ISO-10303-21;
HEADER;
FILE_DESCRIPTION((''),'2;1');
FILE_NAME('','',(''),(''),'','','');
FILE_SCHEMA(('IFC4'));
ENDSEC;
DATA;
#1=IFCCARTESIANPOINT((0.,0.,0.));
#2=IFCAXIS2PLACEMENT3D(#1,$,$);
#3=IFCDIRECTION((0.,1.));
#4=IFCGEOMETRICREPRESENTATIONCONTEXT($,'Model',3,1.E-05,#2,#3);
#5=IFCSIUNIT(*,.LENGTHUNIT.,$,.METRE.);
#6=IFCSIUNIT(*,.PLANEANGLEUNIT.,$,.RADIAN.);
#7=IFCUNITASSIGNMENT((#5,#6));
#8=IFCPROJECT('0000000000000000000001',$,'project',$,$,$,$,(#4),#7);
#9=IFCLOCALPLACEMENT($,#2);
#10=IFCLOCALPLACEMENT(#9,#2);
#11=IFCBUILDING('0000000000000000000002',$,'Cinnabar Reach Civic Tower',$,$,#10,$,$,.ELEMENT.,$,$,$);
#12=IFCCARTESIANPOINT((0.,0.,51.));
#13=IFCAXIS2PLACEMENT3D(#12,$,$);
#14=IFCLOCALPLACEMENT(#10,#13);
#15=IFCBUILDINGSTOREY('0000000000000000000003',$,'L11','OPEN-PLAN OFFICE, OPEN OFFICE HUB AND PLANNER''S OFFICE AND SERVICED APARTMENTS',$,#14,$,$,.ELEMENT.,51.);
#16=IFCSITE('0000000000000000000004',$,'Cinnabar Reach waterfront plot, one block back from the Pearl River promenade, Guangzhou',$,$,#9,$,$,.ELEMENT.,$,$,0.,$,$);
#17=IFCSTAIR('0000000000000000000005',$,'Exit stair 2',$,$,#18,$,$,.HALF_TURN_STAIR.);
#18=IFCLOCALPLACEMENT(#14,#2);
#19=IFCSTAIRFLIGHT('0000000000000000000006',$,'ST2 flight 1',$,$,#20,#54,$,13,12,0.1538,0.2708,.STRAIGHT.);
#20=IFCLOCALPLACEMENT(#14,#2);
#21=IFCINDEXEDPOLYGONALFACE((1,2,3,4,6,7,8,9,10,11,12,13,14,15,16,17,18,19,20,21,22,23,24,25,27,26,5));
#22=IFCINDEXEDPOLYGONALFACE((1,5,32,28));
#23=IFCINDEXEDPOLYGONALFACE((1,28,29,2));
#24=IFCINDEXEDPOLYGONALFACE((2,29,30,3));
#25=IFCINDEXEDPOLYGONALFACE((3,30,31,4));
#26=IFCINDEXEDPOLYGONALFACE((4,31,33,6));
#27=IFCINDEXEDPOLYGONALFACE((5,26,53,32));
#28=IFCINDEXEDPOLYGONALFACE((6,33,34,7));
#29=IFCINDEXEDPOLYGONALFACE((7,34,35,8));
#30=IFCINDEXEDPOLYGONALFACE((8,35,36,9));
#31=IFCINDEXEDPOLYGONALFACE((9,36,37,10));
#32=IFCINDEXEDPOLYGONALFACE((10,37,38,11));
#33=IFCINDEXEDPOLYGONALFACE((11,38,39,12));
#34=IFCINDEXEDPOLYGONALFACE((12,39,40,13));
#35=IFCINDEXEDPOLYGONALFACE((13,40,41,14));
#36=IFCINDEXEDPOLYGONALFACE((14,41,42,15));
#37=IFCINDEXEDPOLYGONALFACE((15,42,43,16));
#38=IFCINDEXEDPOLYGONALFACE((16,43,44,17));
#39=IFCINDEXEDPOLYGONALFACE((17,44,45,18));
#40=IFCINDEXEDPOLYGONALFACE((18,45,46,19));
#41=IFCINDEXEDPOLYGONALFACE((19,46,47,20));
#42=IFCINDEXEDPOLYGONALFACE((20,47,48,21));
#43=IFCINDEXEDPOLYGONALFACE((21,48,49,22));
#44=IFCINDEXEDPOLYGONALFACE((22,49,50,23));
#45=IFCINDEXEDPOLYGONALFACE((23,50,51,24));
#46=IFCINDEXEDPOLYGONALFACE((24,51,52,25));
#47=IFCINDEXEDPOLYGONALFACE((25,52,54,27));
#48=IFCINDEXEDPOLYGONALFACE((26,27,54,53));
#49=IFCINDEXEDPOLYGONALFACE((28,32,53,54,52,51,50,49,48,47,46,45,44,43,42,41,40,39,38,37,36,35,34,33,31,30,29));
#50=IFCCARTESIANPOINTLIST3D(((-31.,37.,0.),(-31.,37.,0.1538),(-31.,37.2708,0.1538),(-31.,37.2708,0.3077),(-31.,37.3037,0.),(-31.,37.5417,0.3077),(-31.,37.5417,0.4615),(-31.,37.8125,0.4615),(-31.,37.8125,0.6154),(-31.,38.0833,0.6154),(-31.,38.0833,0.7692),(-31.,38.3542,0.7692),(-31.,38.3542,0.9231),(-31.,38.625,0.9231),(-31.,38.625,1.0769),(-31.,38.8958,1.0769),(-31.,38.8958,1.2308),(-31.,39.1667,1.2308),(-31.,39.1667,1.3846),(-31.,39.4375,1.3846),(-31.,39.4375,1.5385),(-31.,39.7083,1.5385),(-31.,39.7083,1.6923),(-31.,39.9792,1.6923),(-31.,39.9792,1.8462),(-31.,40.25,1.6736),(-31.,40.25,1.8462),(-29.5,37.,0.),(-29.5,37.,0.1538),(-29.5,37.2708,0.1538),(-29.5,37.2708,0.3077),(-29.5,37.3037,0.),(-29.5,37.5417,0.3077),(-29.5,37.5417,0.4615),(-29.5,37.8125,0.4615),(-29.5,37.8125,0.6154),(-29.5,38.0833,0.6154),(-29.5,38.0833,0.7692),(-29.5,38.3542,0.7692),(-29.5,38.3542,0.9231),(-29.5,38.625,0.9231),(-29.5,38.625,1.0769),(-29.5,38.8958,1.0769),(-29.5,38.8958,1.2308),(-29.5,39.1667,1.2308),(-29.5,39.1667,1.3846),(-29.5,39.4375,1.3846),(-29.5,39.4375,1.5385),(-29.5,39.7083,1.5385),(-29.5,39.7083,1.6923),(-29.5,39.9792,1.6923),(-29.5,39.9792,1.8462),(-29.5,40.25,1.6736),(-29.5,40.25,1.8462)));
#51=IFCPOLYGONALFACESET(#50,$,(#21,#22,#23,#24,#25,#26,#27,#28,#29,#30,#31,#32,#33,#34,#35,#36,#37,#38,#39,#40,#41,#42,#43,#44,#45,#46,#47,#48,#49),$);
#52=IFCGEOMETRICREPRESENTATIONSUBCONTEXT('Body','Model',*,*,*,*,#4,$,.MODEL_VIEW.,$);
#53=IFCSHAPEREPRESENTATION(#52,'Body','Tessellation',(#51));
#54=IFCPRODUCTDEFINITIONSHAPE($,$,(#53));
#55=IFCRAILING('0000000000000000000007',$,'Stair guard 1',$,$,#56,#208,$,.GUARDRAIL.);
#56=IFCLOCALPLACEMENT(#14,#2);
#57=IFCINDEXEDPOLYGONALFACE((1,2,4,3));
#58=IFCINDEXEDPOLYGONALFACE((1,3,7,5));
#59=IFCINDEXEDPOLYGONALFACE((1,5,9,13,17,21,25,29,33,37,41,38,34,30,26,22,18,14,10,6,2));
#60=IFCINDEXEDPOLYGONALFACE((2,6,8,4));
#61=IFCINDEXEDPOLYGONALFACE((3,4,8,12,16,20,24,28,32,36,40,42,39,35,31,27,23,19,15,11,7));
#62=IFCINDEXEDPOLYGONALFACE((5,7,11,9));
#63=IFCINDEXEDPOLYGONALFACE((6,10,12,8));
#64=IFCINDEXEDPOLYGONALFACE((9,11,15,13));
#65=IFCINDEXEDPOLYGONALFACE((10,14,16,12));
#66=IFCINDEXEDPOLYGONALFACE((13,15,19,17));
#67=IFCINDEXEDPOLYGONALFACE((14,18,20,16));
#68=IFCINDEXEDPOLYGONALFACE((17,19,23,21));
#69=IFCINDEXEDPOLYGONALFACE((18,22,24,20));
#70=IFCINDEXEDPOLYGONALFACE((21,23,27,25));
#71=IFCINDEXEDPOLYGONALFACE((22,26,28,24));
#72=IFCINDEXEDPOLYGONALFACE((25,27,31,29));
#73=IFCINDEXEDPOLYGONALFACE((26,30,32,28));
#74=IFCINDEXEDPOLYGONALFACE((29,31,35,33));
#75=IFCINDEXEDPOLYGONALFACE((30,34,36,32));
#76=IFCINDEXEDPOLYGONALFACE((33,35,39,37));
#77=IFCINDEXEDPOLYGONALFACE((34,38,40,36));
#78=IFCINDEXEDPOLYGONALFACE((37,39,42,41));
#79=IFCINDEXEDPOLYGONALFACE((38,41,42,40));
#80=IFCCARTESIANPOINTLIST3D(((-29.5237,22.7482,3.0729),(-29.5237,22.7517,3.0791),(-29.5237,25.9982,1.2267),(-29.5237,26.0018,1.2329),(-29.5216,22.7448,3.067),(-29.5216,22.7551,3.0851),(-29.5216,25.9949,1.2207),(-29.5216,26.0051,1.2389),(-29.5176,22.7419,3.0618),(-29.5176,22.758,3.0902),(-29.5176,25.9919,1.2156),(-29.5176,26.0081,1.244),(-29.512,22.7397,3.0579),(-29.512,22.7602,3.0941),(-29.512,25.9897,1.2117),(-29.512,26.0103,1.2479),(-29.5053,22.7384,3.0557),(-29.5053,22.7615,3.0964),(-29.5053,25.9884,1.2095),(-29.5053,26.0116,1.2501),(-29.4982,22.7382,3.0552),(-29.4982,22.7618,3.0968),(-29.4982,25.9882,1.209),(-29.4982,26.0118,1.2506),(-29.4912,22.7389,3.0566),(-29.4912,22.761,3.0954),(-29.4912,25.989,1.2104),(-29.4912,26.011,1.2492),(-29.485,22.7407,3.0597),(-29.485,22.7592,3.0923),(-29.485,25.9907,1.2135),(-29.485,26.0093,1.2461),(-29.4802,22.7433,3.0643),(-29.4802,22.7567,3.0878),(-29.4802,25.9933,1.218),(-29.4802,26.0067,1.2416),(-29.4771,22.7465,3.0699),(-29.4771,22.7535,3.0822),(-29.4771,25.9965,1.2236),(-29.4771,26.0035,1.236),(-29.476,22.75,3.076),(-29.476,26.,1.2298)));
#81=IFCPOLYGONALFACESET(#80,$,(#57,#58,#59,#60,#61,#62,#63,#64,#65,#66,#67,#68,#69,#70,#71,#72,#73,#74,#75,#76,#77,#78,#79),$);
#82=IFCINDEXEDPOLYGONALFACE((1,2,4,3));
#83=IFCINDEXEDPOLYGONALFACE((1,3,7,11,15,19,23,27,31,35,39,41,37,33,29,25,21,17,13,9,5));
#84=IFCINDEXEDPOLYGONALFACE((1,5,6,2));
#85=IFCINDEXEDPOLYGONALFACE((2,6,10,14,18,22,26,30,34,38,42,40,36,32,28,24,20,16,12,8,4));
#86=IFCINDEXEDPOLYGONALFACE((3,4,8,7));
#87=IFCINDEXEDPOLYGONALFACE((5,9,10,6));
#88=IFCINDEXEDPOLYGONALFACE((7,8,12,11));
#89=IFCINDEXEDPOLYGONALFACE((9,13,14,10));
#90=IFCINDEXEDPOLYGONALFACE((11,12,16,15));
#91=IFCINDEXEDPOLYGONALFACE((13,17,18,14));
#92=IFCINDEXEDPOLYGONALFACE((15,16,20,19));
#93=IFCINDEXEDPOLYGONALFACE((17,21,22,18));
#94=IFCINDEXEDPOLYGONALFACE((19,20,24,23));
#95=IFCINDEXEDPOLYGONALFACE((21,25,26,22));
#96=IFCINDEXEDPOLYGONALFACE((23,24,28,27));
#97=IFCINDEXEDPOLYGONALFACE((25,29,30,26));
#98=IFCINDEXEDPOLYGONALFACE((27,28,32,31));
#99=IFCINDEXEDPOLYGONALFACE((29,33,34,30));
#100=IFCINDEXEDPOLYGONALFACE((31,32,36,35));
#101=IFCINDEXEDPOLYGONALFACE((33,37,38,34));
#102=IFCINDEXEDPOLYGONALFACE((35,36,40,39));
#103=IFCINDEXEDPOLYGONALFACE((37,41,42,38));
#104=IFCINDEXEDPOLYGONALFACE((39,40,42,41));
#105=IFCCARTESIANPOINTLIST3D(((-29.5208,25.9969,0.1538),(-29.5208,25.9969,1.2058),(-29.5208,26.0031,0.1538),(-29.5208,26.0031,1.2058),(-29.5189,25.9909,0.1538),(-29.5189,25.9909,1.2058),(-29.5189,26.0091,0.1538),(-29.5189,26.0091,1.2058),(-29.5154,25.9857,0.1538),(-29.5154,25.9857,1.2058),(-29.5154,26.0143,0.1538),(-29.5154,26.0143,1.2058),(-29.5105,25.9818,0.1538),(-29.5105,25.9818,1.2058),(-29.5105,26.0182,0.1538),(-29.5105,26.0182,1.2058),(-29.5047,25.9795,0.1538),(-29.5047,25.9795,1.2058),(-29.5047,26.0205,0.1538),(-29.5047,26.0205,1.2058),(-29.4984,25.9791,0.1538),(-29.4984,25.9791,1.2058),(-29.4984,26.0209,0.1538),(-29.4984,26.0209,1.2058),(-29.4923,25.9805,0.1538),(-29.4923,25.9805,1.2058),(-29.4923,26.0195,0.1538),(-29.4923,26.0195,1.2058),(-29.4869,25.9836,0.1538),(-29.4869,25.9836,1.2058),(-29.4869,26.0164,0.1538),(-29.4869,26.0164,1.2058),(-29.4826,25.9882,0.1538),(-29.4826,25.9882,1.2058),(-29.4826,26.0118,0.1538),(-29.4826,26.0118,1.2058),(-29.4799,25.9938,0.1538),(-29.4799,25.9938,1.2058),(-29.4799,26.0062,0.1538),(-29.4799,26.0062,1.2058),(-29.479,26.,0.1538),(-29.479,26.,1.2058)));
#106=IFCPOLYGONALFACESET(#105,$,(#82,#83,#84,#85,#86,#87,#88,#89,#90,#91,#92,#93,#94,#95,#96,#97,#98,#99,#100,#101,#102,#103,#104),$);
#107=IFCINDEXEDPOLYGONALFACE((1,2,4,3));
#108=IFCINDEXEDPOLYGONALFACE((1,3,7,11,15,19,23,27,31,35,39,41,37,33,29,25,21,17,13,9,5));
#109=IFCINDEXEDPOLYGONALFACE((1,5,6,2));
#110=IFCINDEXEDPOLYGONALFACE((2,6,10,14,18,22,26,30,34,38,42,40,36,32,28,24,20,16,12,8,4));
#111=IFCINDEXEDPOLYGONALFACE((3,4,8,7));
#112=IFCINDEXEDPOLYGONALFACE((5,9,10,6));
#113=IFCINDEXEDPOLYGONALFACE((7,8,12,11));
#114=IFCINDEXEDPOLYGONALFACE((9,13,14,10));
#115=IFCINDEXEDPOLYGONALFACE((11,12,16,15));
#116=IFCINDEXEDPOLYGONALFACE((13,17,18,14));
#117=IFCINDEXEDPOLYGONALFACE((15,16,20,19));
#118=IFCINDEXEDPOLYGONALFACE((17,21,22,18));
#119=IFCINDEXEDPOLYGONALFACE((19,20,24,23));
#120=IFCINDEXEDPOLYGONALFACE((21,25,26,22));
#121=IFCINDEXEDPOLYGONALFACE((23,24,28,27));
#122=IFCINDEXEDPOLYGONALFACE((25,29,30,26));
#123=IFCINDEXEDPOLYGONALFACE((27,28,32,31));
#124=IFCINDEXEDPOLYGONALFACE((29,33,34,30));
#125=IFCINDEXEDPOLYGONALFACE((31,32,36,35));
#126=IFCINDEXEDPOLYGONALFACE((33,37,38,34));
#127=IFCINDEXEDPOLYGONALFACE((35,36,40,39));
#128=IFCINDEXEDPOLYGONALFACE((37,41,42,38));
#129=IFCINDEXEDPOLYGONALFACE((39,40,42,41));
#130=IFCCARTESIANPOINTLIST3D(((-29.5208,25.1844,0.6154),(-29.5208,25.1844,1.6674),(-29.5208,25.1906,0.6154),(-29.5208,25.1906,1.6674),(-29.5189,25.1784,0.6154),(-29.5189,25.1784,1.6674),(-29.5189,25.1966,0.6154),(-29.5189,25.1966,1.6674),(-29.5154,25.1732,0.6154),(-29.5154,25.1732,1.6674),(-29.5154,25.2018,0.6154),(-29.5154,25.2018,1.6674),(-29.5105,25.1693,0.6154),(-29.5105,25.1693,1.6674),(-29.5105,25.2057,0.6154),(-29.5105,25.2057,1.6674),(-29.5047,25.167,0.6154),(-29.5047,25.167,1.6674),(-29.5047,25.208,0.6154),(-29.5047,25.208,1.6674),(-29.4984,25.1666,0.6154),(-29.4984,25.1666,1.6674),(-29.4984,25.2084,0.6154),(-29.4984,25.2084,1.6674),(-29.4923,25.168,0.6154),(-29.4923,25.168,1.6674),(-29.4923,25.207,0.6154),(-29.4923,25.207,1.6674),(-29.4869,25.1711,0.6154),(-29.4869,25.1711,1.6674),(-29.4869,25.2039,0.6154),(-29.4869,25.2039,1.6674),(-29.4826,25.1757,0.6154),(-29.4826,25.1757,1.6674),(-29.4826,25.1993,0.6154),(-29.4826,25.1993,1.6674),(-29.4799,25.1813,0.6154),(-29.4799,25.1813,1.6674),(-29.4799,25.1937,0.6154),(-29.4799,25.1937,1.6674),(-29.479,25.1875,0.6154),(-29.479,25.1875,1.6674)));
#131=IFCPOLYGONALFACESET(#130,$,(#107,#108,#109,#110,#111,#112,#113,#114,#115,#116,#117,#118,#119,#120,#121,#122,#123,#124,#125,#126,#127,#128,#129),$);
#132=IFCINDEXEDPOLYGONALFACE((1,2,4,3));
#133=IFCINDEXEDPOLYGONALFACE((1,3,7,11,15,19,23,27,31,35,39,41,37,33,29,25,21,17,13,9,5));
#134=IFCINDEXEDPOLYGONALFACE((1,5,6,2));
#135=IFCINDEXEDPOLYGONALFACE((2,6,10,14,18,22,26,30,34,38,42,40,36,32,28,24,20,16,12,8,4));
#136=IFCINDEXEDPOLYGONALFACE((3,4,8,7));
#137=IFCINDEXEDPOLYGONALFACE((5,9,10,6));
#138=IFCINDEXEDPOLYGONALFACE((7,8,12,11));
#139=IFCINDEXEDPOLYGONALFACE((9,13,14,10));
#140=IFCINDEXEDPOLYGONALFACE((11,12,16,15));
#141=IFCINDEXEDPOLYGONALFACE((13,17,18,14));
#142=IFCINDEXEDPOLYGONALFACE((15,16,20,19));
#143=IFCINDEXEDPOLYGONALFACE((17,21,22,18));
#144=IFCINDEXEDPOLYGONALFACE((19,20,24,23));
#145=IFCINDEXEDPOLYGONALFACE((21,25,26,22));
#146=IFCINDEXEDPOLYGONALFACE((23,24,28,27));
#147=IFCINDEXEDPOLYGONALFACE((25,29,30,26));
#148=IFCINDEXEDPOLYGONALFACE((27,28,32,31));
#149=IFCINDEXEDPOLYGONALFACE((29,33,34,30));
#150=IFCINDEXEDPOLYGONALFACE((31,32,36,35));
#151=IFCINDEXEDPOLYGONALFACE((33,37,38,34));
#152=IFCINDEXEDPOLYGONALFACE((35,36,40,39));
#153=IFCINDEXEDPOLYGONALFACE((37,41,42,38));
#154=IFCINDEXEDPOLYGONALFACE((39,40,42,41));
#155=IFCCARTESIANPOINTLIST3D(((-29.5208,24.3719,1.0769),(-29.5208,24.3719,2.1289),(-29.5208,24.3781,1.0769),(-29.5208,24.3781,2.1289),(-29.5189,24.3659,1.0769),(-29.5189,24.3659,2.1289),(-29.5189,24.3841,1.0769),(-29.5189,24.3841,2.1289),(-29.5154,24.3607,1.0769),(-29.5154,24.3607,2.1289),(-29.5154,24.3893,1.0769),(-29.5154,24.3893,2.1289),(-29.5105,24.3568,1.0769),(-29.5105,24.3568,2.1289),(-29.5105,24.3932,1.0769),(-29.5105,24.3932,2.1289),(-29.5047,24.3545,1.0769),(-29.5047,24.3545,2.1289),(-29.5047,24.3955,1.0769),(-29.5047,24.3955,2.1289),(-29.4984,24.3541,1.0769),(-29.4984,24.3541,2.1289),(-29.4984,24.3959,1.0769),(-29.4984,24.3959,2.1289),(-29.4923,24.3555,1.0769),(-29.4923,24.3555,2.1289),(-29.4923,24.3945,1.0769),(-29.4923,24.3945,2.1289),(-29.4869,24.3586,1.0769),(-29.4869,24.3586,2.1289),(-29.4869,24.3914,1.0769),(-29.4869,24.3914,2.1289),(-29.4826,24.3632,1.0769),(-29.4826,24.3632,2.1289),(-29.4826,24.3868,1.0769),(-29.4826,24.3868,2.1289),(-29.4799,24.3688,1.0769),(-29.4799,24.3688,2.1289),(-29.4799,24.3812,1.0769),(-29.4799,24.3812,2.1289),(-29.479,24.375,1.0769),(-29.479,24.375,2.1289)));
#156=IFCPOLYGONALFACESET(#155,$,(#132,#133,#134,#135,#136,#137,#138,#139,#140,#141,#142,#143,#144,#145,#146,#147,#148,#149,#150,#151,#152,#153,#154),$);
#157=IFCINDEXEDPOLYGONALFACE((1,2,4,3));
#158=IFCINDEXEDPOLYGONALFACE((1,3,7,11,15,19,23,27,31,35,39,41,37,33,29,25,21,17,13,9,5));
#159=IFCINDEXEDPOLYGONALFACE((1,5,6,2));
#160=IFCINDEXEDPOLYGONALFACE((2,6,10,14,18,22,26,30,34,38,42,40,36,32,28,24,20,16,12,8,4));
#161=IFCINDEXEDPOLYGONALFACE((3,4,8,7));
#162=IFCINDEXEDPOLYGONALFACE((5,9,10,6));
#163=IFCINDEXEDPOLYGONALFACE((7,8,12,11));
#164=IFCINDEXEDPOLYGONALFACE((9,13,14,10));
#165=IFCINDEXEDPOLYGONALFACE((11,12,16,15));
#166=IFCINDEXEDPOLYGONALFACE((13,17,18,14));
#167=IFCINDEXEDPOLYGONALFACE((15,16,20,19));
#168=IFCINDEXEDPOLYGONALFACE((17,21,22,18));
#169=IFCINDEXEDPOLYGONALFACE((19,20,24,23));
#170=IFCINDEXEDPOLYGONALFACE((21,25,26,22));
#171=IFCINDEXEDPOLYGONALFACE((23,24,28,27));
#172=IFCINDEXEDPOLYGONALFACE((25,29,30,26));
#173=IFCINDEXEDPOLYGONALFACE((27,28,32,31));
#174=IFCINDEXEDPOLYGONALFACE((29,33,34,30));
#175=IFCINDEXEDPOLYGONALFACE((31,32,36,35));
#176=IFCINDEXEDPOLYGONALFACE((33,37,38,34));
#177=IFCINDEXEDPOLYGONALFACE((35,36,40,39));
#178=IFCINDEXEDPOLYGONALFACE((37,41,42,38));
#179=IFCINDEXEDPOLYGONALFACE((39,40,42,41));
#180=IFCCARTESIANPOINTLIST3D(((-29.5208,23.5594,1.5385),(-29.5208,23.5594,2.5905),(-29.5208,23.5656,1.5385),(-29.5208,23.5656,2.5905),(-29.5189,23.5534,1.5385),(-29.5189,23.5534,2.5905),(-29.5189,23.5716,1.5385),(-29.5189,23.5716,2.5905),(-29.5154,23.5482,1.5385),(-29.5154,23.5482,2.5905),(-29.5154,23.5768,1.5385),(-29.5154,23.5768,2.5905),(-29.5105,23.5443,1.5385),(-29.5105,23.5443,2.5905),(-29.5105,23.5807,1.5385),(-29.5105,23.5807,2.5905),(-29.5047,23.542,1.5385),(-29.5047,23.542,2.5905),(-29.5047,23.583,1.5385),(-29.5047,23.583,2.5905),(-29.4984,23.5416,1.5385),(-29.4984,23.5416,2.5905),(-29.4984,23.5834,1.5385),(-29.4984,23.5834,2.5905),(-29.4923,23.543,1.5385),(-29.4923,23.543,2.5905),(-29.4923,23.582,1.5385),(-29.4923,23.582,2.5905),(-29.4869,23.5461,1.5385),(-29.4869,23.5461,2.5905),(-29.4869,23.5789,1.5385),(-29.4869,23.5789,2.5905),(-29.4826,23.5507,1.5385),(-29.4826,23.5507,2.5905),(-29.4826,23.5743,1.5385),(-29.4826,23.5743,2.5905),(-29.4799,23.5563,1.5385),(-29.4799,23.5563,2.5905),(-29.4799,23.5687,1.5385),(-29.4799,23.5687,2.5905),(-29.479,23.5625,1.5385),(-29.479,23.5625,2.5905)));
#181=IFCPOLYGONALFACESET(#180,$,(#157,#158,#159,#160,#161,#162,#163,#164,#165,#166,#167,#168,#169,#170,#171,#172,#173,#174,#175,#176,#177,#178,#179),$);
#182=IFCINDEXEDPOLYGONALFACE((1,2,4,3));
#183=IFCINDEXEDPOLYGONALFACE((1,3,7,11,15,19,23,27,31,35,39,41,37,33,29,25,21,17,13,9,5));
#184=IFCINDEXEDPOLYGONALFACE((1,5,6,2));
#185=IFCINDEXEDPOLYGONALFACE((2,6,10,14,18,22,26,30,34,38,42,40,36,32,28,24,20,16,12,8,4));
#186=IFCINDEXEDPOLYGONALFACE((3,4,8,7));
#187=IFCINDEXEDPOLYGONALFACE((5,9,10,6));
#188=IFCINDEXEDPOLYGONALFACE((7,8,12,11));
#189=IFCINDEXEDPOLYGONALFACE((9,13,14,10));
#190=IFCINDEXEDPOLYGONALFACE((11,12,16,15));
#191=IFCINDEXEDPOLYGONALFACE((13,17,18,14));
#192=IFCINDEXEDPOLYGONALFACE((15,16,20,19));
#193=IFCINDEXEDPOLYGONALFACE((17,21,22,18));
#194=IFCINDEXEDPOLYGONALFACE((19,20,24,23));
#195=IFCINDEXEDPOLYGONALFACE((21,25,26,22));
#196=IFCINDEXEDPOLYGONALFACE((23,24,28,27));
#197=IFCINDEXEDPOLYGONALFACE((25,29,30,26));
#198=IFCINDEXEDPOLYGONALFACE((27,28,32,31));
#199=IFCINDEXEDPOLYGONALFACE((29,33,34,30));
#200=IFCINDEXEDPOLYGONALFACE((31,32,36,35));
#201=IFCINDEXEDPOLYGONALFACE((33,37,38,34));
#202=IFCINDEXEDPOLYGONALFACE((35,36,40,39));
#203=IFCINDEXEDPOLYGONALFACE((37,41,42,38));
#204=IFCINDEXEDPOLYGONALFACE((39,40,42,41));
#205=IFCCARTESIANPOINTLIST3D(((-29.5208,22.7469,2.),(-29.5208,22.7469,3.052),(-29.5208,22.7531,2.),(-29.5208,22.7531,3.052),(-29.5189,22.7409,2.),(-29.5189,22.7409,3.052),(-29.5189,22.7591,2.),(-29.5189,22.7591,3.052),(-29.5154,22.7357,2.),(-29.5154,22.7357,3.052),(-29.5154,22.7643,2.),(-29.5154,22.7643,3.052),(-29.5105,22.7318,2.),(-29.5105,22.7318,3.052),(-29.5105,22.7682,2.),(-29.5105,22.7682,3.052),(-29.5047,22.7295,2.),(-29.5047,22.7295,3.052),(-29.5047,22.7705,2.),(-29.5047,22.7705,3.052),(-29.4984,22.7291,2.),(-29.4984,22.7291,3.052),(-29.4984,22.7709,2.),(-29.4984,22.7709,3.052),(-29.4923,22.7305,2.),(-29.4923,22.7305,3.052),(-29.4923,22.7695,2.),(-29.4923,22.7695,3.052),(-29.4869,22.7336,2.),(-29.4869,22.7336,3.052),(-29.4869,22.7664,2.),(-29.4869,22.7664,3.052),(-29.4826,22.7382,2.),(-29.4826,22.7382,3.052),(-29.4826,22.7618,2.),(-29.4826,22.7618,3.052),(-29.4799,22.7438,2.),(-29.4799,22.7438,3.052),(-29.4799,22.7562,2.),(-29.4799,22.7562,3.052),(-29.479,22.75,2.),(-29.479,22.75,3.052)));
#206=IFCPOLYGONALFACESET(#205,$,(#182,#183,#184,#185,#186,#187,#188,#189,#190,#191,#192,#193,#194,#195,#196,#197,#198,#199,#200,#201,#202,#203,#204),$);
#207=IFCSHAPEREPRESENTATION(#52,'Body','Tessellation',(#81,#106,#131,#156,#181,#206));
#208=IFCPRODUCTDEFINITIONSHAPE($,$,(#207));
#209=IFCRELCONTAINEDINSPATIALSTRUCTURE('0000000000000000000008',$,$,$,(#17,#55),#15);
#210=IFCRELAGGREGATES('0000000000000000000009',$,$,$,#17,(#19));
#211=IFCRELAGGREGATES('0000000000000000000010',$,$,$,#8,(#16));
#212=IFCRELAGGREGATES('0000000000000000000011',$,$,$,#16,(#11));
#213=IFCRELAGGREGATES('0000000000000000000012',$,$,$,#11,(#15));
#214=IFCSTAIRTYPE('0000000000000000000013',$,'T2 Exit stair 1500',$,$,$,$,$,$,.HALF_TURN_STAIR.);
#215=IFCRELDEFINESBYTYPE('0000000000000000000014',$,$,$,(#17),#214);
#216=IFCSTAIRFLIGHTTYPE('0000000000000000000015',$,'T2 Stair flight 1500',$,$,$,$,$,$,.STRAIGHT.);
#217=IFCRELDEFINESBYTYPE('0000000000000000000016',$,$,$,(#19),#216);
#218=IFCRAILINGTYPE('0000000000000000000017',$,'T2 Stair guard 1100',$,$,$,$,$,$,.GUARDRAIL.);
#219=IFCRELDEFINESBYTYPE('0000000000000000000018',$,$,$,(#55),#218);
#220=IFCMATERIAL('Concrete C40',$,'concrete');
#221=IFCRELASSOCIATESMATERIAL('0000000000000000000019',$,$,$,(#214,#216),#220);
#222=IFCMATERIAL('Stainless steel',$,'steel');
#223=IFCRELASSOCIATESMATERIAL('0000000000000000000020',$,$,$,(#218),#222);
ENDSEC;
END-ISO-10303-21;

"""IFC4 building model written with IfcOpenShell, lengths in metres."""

from ifc_helpers import new_model, si_unit, direction, frame, origin, origin_2d, place, context, subcontext, project, spatial, polyline, circle, outline, extrude, material, type_object, element, aggregate, save


model = new_model("IFC4")

# Units and contexts
model_context = context("Model", 3, precision=1e-05, world=origin(), true_north=direction((0.0, 1.0)))
body_context = subcontext(model_context, "Body", "Model", "MODEL_VIEW")
ifc_project = project(units=[si_unit("LENGTHUNIT", "METRE"), si_unit("PLANEANGLEUNIT", "RADIAN")], contexts=[model_context])

# Site, building, storey
site_placement = place(None, origin())
site = spatial("IfcSite", under=ifc_project, at=site_placement, Name="Cinnabar Reach waterfront plot, one block back from the Pearl River promenade, Guangzhou", CompositionType="ELEMENT", RefElevation=0.0)
building_placement = place(site_placement, origin())
building = spatial("IfcBuilding", under=site, at=building_placement, Name="Cinnabar Reach Civic Tower", CompositionType="ELEMENT")
storey_placement = place(building_placement, frame((0.0, 0.0, 51.0)))
storey = spatial("IfcBuildingStorey", under=building, at=storey_placement, Name="L11", Description="OPEN-PLAN OFFICE, OPEN OFFICE HUB AND PLANNER'S OFFICE AND SERVICED APARTMENTS", CompositionType="ELEMENT", Elevation=51.0)

# Shared definitions
ifc_material_1 = material(Name="Concrete C40", Category="concrete")

# Stair, stair flight
stair_type = type_object("IfcStairType", Name="T2 Exit stair 1500", PredefinedType="HALF_TURN_STAIR", material=ifc_material_1)
stair_placement = place(storey_placement, origin())
stair = element("IfcStair", 1, at=stair_placement, inside=storey, type_object=stair_type, Name="Exit stair 2", PredefinedType="HALF_TURN_STAIR")
stair_flight_type = type_object("IfcStairFlightType", Name="T2 Stair flight 1500", PredefinedType="STRAIGHT", material=ifc_material_1)
stair_flight_placement = place(storey_placement, frame((-30.25, 37.0, 0.0), z_axis=(0.0, 0.0, 1.0), x_axis=(0.0, 1.0, 0.0)))
stair_flight = element("IfcStairFlight", 2, at=stair_flight_placement, type_object=stair_flight_type, Name="ST2 flight 1", NumberOfRisers=13, NumberOfTreads=12, PredefinedType="STRAIGHT", RiserHeight=0.1538, TreadLength=0.2708, context=body_context, shape_type="SweptSolid", body=[
    extrude(outline(polyline([(0.0, 0.0), (0.0, 0.1538), (0.2708, 0.1538), (0.2708, 0.3077), (0.5417, 0.3077), (0.5417, 0.4615), (0.8125, 0.4615), (0.8125, 0.6154), (1.0833, 0.6154), (1.0833, 0.7692), (1.3542, 0.7692), (1.3542, 0.9231), (1.625, 0.9231), (1.625, 1.0769), (1.8958, 1.0769), (1.8958, 1.2308), (2.1667, 1.2308), (2.1667, 1.3846), (2.4375, 1.3846), (2.4375, 1.5385), (2.7083, 1.5385), (2.7083, 1.6923), (2.9792, 1.6923), (2.9792, 1.8462), (3.25, 1.8462), (3.25, 2.0), (3.25, 1.6736), (0.3037, 0.0), (0.0, 0.0)])), frame((0.0, 0.75, 0.0), z_axis=(0.0, -1.0, 0.0), x_axis=(1.0, 0.0, 0.0)), (0.0, 0.0, 1.0), 1.5),
])
aggregate(stair, [stair_flight])

# Railing
ifc_material_2 = material(Name="Stainless steel", Category="steel")
railing_type = type_object("IfcRailingType", Name="T2 Stair guard 1100", PredefinedType="GUARDRAIL", material=ifc_material_2)
railing_1_placement = place(storey_placement, frame((-29.5, 26.0, 0.1538)))
element("IfcRailing", 3, at=railing_1_placement, inside=storey, type_object=railing_type, Name="Stair guard 1", PredefinedType="GUARDRAIL", context=body_context, shape_type="SweptSolid", body=[
    extrude(circle(Radius=0.024, at=origin_2d()), frame((0.0, 0.0, 1.076), z_axis=(0.0, -0.869501, 0.49393), x_axis=(1.0, 0.0, 0.0)), (0.0, 0.0, 1.0), 3.7378),
    extrude(circle(Radius=0.021, at=origin_2d()), origin(), (0.0, 0.0, 1.0), 1.052),
    extrude(circle(Radius=0.021, at=origin_2d()), frame((0.0, -0.8125, 0.4616)), (0.0, 0.0, 1.0), 1.052),
    extrude(circle(Radius=0.021, at=origin_2d()), frame((0.0, -1.625, 0.9231)), (0.0, 0.0, 1.0), 1.052),
    extrude(circle(Radius=0.021, at=origin_2d()), frame((0.0, -2.4375, 1.3847)), (0.0, 0.0, 1.0), 1.052),
    extrude(circle(Radius=0.021, at=origin_2d()), frame((0.0, -3.25, 1.8462)), (0.0, 0.0, 1.0), 1.052),
])

save(model, "model.ifc")
